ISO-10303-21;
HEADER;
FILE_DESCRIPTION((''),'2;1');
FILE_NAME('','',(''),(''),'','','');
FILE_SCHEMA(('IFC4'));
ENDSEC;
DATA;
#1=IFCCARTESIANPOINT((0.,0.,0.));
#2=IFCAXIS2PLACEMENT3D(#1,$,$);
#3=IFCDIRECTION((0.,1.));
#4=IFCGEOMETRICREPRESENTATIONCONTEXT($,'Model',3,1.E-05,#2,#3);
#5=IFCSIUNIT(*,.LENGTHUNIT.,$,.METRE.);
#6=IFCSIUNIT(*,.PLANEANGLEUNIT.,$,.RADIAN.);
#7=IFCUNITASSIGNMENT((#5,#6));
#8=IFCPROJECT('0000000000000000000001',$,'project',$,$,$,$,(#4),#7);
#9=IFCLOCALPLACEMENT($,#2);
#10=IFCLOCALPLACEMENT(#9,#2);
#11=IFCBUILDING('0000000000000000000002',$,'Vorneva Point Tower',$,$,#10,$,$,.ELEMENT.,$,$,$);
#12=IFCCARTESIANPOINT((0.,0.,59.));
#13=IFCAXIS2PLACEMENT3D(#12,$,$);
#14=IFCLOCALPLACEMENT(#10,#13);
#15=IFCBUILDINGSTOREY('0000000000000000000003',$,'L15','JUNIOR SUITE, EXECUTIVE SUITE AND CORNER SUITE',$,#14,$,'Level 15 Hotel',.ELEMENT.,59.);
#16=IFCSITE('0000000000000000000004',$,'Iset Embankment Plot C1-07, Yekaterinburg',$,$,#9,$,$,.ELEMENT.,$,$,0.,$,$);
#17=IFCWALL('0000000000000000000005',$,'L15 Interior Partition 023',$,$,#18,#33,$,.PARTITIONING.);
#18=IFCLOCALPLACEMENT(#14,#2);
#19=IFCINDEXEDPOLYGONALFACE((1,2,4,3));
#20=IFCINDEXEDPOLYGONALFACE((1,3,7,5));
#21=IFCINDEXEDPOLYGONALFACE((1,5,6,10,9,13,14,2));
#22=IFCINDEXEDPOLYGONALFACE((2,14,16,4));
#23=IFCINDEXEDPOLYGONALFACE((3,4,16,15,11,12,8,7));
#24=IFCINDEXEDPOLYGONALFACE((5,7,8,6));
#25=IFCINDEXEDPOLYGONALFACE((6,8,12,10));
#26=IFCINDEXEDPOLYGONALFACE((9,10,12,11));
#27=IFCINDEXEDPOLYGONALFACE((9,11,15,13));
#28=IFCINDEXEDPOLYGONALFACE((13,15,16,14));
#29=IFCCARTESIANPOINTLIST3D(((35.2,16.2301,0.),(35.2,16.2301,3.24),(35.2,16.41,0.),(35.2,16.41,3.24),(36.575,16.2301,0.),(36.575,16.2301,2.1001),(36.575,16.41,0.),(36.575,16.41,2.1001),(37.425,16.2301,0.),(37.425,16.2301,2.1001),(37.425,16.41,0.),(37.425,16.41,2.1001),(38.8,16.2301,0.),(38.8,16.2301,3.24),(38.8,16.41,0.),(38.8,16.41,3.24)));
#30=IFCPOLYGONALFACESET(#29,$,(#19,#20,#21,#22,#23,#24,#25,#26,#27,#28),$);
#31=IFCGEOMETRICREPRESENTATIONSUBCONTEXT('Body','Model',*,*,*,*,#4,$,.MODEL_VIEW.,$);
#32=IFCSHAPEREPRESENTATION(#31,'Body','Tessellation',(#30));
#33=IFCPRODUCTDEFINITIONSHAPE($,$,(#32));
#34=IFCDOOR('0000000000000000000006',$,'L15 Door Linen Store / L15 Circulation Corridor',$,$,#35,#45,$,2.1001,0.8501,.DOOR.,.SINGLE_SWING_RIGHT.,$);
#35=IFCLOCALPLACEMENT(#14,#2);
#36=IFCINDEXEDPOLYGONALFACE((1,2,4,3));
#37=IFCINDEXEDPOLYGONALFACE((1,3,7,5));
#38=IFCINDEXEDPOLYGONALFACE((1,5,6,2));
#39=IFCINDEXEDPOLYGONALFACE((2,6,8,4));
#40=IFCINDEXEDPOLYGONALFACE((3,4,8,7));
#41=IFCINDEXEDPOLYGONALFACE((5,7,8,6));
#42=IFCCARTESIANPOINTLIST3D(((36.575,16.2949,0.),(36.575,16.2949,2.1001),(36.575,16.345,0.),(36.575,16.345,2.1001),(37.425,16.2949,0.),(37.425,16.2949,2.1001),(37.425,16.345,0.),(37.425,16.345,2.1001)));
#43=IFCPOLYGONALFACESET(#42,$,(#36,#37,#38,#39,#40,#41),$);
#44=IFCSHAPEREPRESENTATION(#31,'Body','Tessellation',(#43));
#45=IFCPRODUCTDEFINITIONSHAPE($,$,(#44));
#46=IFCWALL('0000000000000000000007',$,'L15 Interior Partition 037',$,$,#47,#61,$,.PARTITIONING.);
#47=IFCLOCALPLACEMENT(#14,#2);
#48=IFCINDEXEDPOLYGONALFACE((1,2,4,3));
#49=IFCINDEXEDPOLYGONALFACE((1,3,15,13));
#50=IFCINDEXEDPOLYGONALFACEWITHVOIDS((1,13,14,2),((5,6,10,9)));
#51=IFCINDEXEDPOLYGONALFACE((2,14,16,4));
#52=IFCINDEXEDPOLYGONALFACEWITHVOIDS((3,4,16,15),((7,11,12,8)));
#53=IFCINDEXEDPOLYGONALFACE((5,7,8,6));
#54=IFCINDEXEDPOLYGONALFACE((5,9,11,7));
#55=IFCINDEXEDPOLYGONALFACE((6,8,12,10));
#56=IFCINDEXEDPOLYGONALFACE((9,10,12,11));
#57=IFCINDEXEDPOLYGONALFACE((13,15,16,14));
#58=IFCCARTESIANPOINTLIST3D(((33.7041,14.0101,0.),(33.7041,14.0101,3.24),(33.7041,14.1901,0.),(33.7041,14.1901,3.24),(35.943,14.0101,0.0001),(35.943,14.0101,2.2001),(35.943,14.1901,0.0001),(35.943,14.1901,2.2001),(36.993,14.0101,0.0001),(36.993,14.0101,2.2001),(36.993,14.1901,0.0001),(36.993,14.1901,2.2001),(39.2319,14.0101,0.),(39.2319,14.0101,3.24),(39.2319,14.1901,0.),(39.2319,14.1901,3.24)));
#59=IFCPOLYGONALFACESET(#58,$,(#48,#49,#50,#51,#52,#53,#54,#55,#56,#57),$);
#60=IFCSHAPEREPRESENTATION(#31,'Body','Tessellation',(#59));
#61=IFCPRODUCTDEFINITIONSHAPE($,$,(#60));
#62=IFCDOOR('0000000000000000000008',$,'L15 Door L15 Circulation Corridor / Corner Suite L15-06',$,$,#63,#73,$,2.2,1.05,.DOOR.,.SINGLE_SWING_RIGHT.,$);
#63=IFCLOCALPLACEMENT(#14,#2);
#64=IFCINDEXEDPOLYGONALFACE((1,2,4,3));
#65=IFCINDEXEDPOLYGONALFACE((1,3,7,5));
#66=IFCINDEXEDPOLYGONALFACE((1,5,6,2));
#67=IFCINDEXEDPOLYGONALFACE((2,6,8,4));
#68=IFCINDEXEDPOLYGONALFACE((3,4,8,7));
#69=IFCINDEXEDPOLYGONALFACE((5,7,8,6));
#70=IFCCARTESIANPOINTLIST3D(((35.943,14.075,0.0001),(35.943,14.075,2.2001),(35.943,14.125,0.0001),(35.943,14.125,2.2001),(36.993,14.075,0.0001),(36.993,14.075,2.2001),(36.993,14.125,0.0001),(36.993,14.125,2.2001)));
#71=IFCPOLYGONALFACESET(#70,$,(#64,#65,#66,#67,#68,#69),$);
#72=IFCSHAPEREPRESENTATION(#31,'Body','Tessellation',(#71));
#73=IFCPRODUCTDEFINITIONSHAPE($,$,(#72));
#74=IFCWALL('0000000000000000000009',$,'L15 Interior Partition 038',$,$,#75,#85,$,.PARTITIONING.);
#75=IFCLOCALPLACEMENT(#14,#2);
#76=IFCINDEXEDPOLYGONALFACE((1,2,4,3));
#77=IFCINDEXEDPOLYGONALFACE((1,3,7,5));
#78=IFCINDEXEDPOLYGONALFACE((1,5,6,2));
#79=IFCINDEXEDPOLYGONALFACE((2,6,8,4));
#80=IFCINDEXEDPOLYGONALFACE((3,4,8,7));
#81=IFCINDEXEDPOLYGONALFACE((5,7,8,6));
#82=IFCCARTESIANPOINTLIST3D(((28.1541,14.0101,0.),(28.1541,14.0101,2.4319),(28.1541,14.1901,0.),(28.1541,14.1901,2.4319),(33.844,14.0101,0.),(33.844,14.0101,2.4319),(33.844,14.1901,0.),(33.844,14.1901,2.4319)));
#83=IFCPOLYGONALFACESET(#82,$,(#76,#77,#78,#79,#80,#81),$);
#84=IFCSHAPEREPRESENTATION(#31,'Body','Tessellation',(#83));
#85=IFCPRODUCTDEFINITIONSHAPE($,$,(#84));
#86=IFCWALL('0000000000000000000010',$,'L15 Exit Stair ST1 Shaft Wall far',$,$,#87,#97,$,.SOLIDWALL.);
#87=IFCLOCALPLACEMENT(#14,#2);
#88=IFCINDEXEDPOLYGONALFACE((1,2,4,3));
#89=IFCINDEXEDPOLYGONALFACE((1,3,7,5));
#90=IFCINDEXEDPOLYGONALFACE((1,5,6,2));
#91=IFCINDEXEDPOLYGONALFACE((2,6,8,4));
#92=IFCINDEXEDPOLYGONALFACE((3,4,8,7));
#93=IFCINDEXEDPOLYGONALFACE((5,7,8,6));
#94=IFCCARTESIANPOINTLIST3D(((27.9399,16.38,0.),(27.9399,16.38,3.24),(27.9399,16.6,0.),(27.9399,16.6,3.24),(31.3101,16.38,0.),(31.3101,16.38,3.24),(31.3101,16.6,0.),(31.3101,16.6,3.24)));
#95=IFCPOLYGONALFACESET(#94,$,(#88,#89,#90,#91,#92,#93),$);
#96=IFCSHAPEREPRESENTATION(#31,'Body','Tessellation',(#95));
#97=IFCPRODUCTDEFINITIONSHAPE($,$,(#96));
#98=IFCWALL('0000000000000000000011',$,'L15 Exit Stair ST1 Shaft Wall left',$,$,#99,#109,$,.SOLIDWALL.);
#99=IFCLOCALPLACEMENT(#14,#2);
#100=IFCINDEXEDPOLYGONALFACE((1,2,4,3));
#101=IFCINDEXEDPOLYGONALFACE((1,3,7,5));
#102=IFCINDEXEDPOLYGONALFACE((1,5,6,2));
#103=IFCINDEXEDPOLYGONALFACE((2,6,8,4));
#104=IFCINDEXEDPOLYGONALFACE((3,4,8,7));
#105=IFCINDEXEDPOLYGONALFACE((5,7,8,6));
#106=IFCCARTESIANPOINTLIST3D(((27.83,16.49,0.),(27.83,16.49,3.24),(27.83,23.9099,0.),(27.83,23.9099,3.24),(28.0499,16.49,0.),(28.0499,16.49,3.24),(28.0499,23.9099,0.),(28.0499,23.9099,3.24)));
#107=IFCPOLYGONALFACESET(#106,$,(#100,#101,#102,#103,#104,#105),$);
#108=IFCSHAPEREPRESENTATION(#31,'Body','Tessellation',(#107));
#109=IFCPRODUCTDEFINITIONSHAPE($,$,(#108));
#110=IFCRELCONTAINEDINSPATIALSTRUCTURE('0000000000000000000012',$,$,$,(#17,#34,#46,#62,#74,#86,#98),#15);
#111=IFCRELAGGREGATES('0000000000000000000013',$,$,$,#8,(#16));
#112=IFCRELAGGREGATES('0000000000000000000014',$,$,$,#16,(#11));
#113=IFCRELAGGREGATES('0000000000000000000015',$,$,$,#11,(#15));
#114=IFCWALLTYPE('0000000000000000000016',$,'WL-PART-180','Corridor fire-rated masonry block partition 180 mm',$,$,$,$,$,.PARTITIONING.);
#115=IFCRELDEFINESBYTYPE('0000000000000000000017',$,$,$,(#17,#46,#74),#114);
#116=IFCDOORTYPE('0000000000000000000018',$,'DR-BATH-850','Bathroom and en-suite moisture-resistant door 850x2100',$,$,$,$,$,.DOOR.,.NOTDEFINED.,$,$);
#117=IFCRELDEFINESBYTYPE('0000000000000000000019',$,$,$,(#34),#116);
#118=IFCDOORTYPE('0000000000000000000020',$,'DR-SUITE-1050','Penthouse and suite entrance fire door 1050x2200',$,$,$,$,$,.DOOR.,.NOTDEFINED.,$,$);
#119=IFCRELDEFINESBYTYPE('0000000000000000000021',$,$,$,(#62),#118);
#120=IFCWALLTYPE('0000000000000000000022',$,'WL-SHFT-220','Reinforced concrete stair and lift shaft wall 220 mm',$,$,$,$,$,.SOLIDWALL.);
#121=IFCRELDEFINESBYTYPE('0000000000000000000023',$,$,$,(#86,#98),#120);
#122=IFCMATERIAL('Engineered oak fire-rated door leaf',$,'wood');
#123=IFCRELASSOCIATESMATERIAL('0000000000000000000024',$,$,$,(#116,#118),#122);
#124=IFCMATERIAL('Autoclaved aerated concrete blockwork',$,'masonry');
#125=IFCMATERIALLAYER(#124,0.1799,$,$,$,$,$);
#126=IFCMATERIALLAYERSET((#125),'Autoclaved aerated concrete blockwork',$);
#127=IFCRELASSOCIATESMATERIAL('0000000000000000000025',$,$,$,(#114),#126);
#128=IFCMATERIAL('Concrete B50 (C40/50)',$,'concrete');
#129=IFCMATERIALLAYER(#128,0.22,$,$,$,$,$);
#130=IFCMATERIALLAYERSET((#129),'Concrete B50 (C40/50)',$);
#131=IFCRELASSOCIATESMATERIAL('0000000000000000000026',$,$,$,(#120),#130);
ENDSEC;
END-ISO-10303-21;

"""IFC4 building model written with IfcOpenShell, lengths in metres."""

from ifc_helpers import new_model, si_unit, direction, frame, frame_2d, origin, place, context, subcontext, project, spatial, rectangle, extrude, material, layer, layer_set, type_object, element, fill, save


model = new_model("IFC4")

# Units and contexts
model_context = context("Model", 3, precision=1e-05, world=origin(), true_north=direction((0.0, 1.0)))
body_context = subcontext(model_context, "Body", "Model", "MODEL_VIEW")
ifc_project = project(units=[si_unit("LENGTHUNIT", "METRE"), si_unit("PLANEANGLEUNIT", "RADIAN")], contexts=[model_context])

# Site, building, storey
site_placement = place(None, origin())
site = spatial("IfcSite", under=ifc_project, at=site_placement, Name="Iset Embankment Plot C1-07, Yekaterinburg", CompositionType="ELEMENT", RefElevation=0.0)
building_placement = place(site_placement, origin())
building = spatial("IfcBuilding", under=site, at=building_placement, Name="Vorneva Point Tower", CompositionType="ELEMENT")
storey_placement = place(building_placement, frame((0.0, 0.0, 59.0)))
storey = spatial("IfcBuildingStorey", under=building, at=storey_placement, Name="L15", Description="JUNIOR SUITE, EXECUTIVE SUITE AND CORNER SUITE", LongName="Level 15 Hotel", CompositionType="ELEMENT", Elevation=59.0)

# Shared definitions
ifc_material_1 = material(Name="Engineered oak fire-rated door leaf", Category="wood")
door_type_1 = type_object("IfcDoorType", Name="DR-BATH-850", Description="Bathroom and en-suite moisture-resistant door 850x2100", OperationType="NOTDEFINED", PredefinedType="DOOR", material=ifc_material_1)

# Walls, openings, doors
ifc_material_2 = material(Name="Autoclaved aerated concrete blockwork", Category="masonry")
ifc_layer_1 = layer(ifc_material_2, 0.1799)
ifc_layer_set_1 = layer_set([ifc_layer_1], Name="Autoclaved aerated concrete blockwork")
wall_type_1 = type_object("IfcWallType", Name="WL-PART-180", Description="Corridor fire-rated masonry block partition 180 mm", PredefinedType="PARTITIONING", material=ifc_layer_set_1)
wall_1_placement = place(storey_placement, frame((35.2, 16.3201, 0.0), z_axis=(0.0, 0.0, 1.0), x_axis=(1.0, 0.0, 0.0)))
wall_1 = element("IfcWall", 1, at=wall_1_placement, inside=storey, type_object=wall_type_1, Name="L15 Interior Partition 023", PredefinedType="PARTITIONING", context=body_context, shape_type="SweptSolid", body=[
    extrude(rectangle(XDim=3.6001, YDim=0.1799, at=frame_2d((1.8, 0.0))), origin(), (0.0, 0.0, 1.0), 3.24),
])
opening_1_placement = place(wall_1_placement, frame((1.375, 0.0, 0.0)))
opening_1 = element("IfcOpeningElement", 2, at=opening_1_placement, cuts=wall_1, PredefinedType="OPENING", context=body_context, shape_type="SweptSolid", body=[
    extrude(rectangle(XDim=0.8501, YDim=2.1001, at=frame_2d((0.425, 1.05))), frame((0.0, 0.105, 0.0), z_axis=(0.0, -1.0, 0.0), x_axis=(1.0, 0.0, 0.0)), (0.0, 0.0, 1.0), 0.2097),
])
door_1_placement = place(opening_1_placement, origin())
door_1 = element("IfcDoor", 3, at=door_1_placement, inside=storey, type_object=door_type_1, Name="L15 Door Linen Store / L15 Circulation Corridor", OperationType="SINGLE_SWING_RIGHT", OverallHeight=2.1001, OverallWidth=0.8501, PredefinedType="DOOR", context=body_context, shape_type="SweptSolid", body=[
    extrude(rectangle(XDim=0.8501, YDim=2.1001, at=frame_2d((0.425, 1.05))), frame((0.0, 0.0249, 0.0), z_axis=(0.0, -1.0, 0.0), x_axis=(1.0, 0.0, 0.0)), (0.0, 0.0, 1.0), 0.05),
])
fill(opening_1, door_1)
wall_2_placement = place(storey_placement, frame((33.7041, 14.1001, 0.0), z_axis=(0.0, 0.0, 1.0), x_axis=(1.0, 0.0, 0.0)))
wall_2 = element("IfcWall", 4, at=wall_2_placement, inside=storey, type_object=wall_type_1, Name="L15 Interior Partition 037", PredefinedType="PARTITIONING", context=body_context, shape_type="SweptSolid", body=[
    extrude(rectangle(XDim=5.5278, YDim=0.1799, at=frame_2d((2.7639, 0.0))), origin(), (0.0, 0.0, 1.0), 3.24),
])
opening_2_placement = place(wall_2_placement, frame((2.239, 0.0, 0.0)))
opening_2 = element("IfcOpeningElement", 5, at=opening_2_placement, cuts=wall_2, PredefinedType="OPENING", context=body_context, shape_type="SweptSolid", body=[
    extrude(rectangle(XDim=1.05, YDim=2.2, at=frame_2d((0.5249, 1.1001))), frame((0.0, 0.105, 0.0), z_axis=(0.0, -1.0, 0.0), x_axis=(1.0, 0.0, 0.0)), (0.0, 0.0, 1.0), 0.2097),
])
door_type_2 = type_object("IfcDoorType", Name="DR-SUITE-1050", Description="Penthouse and suite entrance fire door 1050x2200", OperationType="NOTDEFINED", PredefinedType="DOOR", material=ifc_material_1)
door_2_placement = place(opening_2_placement, origin())
door_2 = element("IfcDoor", 6, at=door_2_placement, inside=storey, type_object=door_type_2, Name="L15 Door L15 Circulation Corridor / Corner Suite L15-06", OperationType="SINGLE_SWING_RIGHT", OverallHeight=2.2, OverallWidth=1.05, PredefinedType="DOOR", context=body_context, shape_type="SweptSolid", body=[
    extrude(rectangle(XDim=1.05, YDim=2.2, at=frame_2d((0.5249, 1.1001))), frame((0.0, 0.0249, 0.0), z_axis=(0.0, -1.0, 0.0), x_axis=(1.0, 0.0, 0.0)), (0.0, 0.0, 1.0), 0.05),
])
fill(opening_2, door_2)

# Walls
wall_3_placement = place(storey_placement, frame((28.1541, 14.1001, 0.0), z_axis=(0.0, 0.0, 1.0), x_axis=(1.0, 0.0, 0.0)))
element("IfcWall", 7, at=wall_3_placement, inside=storey, type_object=wall_type_1, Name="L15 Interior Partition 038", PredefinedType="PARTITIONING", context=body_context, shape_type="SweptSolid", body=[
    extrude(rectangle(XDim=5.6899, YDim=0.1799, at=frame_2d((2.845, 0.0))), origin(), (0.0, 0.0, 1.0), 2.4319),
])
ifc_material_3 = material(Name="Concrete B50 (C40/50)", Category="concrete")
ifc_layer_2 = layer(ifc_material_3, 0.22)
ifc_layer_set_2 = layer_set([ifc_layer_2], Name="Concrete B50 (C40/50)")
wall_type_2 = type_object("IfcWallType", Name="WL-SHFT-220", Description="Reinforced concrete stair and lift shaft wall 220 mm", PredefinedType="SOLIDWALL", material=ifc_layer_set_2)
wall_4_placement = place(storey_placement, frame((31.3101, 16.49, 0.0), z_axis=(0.0, 0.0, 1.0), x_axis=(-1.0, 0.0, 0.0)))
element("IfcWall", 8, at=wall_4_placement, inside=storey, type_object=wall_type_2, Name="L15 Exit Stair ST1 Shaft Wall far", PredefinedType="SOLIDWALL", context=body_context, shape_type="SweptSolid", body=[
    extrude(rectangle(XDim=3.3701, YDim=0.22, at=frame_2d((1.6851, 0.0))), origin(), (0.0, 0.0, 1.0), 3.24),
])
wall_5_placement = place(storey_placement, frame((27.9399, 16.49, 0.0), z_axis=(0.0, 0.0, 1.0), x_axis=(0.0, 1.0, 0.0)))
element("IfcWall", 9, at=wall_5_placement, inside=storey, type_object=wall_type_2, Name="L15 Exit Stair ST1 Shaft Wall left", PredefinedType="SOLIDWALL", context=body_context, shape_type="SweptSolid", body=[
    extrude(rectangle(XDim=7.4199, YDim=0.22, at=frame_2d((3.71, 0.0))), origin(), (0.0, 0.0, 1.0), 3.24),
])

save(model, "model.ifc")
